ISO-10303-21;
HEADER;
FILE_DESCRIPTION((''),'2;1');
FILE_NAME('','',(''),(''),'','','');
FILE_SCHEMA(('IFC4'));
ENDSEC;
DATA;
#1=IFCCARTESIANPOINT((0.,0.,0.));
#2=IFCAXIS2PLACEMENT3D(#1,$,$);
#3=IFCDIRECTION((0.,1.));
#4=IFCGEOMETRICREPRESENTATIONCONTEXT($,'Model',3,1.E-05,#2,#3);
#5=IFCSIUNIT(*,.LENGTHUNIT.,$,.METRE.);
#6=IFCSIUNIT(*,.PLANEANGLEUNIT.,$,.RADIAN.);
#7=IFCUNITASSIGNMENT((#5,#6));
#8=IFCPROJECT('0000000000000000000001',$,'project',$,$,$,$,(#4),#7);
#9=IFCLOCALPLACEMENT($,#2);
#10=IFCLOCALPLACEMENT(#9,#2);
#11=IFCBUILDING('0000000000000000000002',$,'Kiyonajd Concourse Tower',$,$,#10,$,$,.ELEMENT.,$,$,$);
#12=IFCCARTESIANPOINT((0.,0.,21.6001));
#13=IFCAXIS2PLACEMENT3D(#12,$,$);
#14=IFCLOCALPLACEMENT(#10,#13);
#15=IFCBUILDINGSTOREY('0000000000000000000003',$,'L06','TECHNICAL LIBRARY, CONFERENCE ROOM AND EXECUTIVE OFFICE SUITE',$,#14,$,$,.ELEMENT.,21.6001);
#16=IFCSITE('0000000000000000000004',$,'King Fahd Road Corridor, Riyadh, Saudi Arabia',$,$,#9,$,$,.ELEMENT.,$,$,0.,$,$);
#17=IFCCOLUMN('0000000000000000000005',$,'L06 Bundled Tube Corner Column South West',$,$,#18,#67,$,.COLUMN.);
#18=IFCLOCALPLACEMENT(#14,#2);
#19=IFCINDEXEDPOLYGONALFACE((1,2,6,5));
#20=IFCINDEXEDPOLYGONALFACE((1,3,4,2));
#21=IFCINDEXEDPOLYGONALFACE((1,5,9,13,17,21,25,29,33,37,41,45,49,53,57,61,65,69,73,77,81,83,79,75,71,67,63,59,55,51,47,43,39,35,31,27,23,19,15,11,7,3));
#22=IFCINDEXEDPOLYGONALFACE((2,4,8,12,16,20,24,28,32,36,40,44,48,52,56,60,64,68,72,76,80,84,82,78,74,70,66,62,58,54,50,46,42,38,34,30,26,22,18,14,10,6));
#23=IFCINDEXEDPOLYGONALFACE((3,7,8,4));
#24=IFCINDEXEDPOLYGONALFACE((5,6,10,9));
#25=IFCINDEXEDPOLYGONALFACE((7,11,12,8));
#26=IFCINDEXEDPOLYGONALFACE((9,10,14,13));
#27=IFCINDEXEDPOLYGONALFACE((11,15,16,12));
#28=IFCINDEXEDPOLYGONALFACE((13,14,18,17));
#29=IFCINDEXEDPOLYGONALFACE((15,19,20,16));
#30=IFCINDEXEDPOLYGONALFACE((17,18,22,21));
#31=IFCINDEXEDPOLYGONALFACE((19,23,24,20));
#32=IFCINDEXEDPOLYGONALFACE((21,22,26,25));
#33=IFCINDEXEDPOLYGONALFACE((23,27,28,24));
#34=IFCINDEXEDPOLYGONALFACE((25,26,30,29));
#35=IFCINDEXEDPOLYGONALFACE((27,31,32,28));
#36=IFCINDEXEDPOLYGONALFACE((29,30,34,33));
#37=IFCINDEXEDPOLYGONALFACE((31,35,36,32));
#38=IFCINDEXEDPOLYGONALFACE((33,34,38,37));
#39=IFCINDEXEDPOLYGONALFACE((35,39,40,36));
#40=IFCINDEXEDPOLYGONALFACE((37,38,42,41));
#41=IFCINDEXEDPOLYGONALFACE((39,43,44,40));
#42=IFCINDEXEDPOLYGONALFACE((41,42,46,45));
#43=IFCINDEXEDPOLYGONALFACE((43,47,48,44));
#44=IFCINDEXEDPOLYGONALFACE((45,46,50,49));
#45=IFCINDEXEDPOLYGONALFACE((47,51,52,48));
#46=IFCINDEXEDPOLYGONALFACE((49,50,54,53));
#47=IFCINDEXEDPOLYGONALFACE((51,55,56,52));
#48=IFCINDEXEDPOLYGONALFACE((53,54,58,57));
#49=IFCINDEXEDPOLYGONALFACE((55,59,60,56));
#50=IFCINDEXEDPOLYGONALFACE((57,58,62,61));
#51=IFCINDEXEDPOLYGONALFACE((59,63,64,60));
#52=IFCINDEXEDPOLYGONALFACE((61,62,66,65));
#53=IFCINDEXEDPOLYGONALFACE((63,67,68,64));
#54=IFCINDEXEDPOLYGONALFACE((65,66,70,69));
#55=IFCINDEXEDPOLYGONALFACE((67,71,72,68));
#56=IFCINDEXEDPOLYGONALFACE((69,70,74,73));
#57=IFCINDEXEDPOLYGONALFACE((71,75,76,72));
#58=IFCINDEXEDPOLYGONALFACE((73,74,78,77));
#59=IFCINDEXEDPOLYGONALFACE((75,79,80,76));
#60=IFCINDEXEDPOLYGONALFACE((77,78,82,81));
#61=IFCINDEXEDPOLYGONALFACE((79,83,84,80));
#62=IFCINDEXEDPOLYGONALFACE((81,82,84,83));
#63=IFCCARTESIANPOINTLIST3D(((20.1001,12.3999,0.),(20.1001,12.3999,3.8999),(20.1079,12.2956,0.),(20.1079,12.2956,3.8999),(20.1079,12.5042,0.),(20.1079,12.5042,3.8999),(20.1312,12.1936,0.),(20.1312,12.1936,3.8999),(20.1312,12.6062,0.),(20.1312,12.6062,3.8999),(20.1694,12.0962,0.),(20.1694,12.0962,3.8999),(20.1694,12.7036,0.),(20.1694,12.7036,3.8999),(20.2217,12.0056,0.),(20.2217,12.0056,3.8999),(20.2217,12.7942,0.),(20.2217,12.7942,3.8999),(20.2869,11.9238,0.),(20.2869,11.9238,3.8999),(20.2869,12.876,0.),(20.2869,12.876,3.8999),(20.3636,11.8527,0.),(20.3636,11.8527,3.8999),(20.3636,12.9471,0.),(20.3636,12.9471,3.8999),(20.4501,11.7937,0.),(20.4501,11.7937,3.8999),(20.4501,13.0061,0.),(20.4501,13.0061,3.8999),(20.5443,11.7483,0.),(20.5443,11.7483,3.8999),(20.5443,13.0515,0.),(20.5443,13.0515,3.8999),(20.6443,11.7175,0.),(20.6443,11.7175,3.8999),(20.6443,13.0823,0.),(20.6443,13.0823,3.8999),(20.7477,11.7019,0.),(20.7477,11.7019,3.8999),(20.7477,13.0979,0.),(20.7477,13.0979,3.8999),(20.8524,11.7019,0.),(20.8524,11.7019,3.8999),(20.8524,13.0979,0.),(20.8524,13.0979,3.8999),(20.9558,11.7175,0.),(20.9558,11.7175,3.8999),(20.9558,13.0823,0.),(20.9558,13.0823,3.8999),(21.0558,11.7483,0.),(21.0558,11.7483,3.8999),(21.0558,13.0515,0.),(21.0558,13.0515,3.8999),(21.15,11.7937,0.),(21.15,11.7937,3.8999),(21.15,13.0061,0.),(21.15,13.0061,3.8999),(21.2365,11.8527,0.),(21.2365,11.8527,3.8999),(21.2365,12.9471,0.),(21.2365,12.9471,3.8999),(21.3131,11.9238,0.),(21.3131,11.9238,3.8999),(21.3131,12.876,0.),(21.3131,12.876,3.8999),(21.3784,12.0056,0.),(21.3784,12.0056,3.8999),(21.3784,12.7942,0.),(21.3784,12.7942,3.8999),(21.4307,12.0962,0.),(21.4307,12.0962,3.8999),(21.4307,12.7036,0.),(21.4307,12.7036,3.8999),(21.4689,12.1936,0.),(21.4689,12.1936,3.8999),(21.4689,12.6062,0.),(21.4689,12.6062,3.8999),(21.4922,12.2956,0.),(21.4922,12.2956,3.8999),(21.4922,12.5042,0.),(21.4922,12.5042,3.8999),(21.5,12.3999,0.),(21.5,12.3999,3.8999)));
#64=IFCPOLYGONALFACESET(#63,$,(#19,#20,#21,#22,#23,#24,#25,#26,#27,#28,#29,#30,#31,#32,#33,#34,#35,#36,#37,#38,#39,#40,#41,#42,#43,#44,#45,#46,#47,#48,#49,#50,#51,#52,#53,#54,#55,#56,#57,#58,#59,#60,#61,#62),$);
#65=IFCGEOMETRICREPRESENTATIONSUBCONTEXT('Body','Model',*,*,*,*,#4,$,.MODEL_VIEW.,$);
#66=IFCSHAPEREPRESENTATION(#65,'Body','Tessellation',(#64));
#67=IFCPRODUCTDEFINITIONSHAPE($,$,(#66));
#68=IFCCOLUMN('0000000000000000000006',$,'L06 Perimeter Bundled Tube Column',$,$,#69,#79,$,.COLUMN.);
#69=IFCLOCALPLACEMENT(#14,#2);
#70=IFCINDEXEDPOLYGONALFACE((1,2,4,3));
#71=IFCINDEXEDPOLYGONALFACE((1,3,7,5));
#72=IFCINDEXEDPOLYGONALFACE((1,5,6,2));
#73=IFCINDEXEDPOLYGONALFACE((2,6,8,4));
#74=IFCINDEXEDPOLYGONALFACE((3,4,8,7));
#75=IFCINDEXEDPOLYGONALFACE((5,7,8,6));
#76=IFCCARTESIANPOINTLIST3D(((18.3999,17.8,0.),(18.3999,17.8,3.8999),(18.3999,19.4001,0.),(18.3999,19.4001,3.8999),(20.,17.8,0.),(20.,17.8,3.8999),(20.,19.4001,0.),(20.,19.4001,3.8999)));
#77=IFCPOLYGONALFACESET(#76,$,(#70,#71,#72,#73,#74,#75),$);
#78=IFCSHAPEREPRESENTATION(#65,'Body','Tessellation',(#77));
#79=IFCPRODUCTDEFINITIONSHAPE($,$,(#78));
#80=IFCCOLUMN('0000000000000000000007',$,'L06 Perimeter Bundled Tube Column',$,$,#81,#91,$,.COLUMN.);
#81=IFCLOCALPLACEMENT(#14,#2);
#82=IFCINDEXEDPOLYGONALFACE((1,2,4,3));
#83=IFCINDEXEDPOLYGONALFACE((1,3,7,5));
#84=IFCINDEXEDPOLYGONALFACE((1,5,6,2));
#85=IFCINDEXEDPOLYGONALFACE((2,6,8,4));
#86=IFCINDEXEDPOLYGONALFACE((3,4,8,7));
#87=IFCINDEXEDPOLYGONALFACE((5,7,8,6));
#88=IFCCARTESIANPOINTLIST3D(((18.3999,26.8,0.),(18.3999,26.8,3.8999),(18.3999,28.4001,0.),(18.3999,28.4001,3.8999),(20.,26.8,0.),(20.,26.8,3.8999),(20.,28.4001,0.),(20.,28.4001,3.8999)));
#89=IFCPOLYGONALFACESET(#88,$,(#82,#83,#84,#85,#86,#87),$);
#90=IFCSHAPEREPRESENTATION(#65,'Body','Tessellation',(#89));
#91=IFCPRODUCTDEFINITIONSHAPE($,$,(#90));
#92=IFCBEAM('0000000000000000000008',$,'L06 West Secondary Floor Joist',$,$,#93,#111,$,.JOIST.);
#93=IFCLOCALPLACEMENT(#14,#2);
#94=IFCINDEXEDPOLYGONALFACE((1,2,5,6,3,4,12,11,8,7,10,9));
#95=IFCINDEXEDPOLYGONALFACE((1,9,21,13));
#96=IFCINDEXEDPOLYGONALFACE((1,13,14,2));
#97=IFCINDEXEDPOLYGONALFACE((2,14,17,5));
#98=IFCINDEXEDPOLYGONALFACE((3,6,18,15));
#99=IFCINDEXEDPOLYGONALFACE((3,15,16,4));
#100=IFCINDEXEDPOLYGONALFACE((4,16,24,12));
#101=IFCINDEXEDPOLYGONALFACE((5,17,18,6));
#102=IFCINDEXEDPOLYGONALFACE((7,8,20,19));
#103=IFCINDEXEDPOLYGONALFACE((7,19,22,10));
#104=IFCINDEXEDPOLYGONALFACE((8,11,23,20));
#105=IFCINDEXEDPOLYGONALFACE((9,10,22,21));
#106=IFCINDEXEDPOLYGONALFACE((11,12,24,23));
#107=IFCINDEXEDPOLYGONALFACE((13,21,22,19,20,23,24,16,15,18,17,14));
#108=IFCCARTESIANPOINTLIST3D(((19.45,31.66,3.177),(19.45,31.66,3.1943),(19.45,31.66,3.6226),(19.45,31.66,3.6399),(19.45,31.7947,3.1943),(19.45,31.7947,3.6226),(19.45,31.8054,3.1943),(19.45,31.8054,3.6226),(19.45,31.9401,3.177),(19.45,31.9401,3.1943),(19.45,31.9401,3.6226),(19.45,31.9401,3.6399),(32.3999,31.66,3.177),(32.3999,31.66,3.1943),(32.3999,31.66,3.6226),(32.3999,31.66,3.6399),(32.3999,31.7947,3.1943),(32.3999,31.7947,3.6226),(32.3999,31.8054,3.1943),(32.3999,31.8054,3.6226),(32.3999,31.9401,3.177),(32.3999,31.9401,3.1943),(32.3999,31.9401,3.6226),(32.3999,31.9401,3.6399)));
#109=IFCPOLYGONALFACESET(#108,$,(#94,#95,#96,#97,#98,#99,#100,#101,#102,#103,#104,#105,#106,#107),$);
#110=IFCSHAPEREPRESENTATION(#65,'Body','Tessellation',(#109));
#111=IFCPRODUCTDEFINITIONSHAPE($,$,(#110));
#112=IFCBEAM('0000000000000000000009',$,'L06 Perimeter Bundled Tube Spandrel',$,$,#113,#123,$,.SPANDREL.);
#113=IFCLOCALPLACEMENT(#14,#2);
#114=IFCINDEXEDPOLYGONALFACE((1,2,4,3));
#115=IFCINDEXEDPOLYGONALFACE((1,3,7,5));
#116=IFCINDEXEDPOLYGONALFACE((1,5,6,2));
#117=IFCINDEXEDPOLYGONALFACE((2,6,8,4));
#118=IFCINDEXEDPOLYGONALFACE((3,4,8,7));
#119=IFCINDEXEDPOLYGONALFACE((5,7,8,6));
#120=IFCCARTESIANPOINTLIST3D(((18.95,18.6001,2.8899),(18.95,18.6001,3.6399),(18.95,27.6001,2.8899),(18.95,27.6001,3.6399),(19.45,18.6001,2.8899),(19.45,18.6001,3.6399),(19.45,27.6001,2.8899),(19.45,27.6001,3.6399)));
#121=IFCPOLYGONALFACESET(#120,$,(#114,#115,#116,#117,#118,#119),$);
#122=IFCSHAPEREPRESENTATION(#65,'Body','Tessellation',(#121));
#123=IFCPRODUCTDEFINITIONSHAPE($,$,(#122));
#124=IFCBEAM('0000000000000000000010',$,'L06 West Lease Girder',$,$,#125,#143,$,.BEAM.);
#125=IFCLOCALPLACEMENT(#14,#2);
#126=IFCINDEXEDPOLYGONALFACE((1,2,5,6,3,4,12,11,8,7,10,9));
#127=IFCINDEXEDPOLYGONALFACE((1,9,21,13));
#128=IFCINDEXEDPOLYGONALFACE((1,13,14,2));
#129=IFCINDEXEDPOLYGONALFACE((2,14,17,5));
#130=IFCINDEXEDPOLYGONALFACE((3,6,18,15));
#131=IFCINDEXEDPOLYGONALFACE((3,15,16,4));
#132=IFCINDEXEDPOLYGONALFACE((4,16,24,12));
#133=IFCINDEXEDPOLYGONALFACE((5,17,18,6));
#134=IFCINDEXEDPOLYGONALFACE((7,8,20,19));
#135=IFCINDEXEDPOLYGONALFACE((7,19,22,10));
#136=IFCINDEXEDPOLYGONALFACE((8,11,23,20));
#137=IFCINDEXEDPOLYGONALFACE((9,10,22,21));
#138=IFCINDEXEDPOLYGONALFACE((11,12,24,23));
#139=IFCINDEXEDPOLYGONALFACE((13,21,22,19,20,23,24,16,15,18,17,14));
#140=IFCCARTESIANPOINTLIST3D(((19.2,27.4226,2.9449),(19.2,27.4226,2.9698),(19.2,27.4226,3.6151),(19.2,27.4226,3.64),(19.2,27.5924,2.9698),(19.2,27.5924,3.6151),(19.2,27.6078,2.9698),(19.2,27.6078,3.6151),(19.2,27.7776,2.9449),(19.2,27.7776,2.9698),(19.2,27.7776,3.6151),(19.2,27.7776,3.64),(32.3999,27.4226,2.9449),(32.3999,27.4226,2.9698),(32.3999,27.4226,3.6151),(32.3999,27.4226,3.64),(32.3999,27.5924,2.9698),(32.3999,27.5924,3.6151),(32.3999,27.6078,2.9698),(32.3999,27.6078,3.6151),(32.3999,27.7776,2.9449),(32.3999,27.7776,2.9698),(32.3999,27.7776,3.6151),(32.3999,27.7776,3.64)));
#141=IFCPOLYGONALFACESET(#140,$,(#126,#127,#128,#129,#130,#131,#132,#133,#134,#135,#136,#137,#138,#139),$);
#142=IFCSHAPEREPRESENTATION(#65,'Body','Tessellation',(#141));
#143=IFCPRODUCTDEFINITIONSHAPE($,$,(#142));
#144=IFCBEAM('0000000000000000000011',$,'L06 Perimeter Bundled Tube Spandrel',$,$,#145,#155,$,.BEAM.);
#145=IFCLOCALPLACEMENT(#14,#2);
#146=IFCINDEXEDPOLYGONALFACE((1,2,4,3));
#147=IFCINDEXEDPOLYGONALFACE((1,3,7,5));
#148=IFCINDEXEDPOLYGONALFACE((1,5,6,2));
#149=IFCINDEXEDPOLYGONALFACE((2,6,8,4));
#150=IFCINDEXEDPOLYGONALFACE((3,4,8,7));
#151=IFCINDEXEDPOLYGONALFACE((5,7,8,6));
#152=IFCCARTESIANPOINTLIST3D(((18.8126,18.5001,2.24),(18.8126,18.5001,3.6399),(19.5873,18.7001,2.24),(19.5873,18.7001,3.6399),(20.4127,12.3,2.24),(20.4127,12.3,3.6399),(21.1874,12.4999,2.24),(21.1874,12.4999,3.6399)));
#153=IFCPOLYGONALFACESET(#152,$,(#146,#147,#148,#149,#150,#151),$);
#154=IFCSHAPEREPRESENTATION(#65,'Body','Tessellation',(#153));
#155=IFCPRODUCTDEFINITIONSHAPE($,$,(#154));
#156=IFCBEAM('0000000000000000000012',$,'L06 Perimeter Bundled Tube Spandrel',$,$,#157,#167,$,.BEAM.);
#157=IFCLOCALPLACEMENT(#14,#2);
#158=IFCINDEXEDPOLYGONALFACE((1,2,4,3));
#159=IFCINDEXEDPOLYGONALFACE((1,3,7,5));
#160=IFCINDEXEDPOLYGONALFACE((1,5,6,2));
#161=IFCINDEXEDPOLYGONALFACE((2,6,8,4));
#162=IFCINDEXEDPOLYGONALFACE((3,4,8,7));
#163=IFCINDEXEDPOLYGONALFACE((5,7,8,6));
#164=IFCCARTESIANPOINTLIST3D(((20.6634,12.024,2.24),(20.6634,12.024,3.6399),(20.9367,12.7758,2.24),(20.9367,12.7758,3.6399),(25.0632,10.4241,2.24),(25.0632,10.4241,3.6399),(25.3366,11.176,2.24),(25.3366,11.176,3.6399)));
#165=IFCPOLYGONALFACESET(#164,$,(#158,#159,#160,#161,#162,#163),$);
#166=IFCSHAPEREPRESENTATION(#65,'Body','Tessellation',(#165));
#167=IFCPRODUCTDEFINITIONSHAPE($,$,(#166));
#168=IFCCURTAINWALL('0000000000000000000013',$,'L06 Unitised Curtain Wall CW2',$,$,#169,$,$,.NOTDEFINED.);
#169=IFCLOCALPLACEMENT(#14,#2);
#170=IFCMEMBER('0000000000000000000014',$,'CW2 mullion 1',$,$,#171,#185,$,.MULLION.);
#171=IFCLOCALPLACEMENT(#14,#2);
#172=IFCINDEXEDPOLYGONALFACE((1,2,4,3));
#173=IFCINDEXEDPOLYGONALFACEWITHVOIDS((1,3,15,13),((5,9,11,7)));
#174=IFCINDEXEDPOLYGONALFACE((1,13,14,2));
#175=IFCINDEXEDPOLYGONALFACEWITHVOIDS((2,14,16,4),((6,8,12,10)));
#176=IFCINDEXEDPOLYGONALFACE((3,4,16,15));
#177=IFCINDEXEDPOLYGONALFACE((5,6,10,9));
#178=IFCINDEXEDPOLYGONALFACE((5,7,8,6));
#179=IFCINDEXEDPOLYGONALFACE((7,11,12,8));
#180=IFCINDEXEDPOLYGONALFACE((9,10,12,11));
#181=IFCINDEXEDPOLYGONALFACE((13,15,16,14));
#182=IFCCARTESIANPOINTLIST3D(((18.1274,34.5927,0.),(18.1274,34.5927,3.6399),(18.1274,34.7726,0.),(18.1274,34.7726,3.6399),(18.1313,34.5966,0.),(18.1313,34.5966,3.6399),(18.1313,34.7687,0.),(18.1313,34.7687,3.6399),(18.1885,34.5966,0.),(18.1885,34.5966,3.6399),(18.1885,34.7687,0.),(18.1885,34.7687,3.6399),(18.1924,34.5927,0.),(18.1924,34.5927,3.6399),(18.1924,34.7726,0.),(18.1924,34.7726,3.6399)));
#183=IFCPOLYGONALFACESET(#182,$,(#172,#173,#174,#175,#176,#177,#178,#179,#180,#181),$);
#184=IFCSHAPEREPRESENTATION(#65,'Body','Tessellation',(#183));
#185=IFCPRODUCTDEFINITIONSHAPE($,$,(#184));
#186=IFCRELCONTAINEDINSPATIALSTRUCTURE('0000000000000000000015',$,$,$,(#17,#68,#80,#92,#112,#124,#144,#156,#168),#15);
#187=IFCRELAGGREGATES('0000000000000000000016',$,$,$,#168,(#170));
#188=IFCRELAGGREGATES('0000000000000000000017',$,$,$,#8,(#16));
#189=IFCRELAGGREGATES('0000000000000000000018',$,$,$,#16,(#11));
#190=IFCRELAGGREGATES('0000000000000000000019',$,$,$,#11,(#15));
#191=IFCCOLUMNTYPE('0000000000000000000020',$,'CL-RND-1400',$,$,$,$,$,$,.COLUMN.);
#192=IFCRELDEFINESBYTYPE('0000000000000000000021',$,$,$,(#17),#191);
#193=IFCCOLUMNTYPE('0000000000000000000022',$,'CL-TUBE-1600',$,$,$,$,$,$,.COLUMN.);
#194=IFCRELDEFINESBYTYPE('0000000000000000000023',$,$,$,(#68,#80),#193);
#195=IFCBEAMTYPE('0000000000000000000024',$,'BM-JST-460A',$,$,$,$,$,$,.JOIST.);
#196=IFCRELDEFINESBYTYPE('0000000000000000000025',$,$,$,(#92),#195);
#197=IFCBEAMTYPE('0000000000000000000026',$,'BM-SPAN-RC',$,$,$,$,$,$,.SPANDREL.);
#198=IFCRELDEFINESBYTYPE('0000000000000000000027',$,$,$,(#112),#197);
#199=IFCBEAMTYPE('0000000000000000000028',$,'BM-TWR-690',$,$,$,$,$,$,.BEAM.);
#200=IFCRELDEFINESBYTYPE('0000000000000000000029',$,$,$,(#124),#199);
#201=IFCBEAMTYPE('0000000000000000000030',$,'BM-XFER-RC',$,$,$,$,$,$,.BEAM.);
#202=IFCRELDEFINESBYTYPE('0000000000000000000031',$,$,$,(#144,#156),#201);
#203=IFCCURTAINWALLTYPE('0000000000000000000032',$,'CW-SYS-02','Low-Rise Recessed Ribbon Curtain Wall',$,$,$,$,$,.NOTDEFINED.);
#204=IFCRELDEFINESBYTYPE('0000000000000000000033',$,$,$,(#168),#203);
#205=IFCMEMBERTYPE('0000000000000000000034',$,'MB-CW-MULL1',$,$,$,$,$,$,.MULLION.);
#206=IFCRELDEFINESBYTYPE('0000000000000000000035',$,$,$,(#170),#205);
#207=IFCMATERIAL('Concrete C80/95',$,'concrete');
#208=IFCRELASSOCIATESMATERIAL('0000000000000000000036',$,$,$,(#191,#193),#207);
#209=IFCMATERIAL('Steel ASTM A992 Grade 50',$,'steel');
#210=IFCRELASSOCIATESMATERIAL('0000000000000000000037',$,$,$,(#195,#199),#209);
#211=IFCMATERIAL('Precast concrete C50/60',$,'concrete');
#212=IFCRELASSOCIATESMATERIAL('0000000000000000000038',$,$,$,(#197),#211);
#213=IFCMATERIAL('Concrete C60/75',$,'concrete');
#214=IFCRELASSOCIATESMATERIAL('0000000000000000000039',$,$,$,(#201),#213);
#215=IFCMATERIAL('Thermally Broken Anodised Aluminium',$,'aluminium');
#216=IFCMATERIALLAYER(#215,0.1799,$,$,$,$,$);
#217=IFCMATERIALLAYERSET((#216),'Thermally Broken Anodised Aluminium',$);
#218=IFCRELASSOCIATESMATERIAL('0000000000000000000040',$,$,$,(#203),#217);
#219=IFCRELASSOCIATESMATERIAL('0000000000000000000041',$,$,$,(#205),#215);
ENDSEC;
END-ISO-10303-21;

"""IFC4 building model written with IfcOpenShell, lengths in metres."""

from ifc_helpers import new_model, si_unit, direction, frame, origin, origin_2d, place, context, subcontext, project, spatial, rectangle, hollow_rectangle, circle, i_section, extrude, material, layer, layer_set, material_profile, profile_set, type_object, element, aggregate, save


model = new_model("IFC4")

# Units and contexts
model_context = context("Model", 3, precision=1e-05, world=origin(), true_north=direction((0.0, 1.0)))
body_context = subcontext(model_context, "Body", "Model", "MODEL_VIEW")
ifc_project = project(units=[si_unit("LENGTHUNIT", "METRE"), si_unit("PLANEANGLEUNIT", "RADIAN")], contexts=[model_context])

# Site, building, storey
site_placement = place(None, origin())
site = spatial("IfcSite", under=ifc_project, at=site_placement, Name="King Fahd Road Corridor, Riyadh, Saudi Arabia", CompositionType="ELEMENT", RefElevation=0.0)
building_placement = place(site_placement, origin())
building = spatial("IfcBuilding", under=site, at=building_placement, Name="Kiyonajd Concourse Tower", CompositionType="ELEMENT")
storey_placement = place(building_placement, frame((0.0, 0.0, 21.6001)))
storey = spatial("IfcBuildingStorey", under=building, at=storey_placement, Name="L06", Description="TECHNICAL LIBRARY, CONFERENCE ROOM AND EXECUTIVE OFFICE SUITE", CompositionType="ELEMENT", Elevation=21.6001)

# Columns
ifc_material_1 = material(Name="Concrete C80/95", Category="concrete")
ifc_material_profile_1 = material_profile(ifc_material_1, circle(Radius=0.7, at=origin_2d()), Name="RCC-D1400")
ifc_profile_set_1 = profile_set([ifc_material_profile_1], Name="Concrete C80/95")
column_type_1 = type_object("IfcColumnType", Name="CL-RND-1400", PredefinedType="COLUMN", material=ifc_profile_set_1)
column_placement = place(storey_placement, frame((20.8, 12.3999, 0.0), z_axis=(0.0, 0.0, 1.0), x_axis=(1.0, 0.0, 0.0)))
element("IfcColumn", 1, at=column_placement, inside=storey, type_object=column_type_1, Name="L06 Bundled Tube Corner Column South West", PredefinedType="COLUMN", context=body_context, shape_type="SweptSolid", body=[
    extrude(circle(Radius=0.7, at=origin_2d()), origin(), (0.0, 0.0, 1.0), 3.8999),
])
ifc_material_profile_2 = material_profile(ifc_material_1, rectangle(XDim=1.6001, YDim=1.6001, at=origin_2d()), Name="RC-1600x1600")
ifc_profile_set_2 = profile_set([ifc_material_profile_2], Name="Concrete C80/95")
column_type_2 = type_object("IfcColumnType", Name="CL-TUBE-1600", PredefinedType="COLUMN", material=ifc_profile_set_2)
for number, where, z_axis, x_axis, name in (
    (2, (19.2, 18.6001, 0.0), (0.0, 0.0, 1.0), (1.0, 0.0, 0.0), "L06 Perimeter Bundled Tube Column"),
    (3, (19.2, 27.6001, 0.0), (0.0, 0.0, 1.0), (1.0, 0.0, 0.0), "L06 Perimeter Bundled Tube Column"),
):
    element("IfcColumn", number, at=place(storey_placement, frame(where, z_axis=z_axis, x_axis=x_axis)), inside=storey, type_object=column_type_2, Name=name, PredefinedType="COLUMN", context=body_context, shape_type="SweptSolid", body=[
        extrude(rectangle(XDim=1.6001, YDim=1.6001, at=origin_2d()), origin(), (0.0, 0.0, 1.0), 3.8999),
    ])

# Beams
ifc_material_2 = material(Name="Steel ASTM A992 Grade 50", Category="steel")
ifc_material_profile_3 = material_profile(ifc_material_2, i_section(OverallWidth=0.28, OverallDepth=0.4629, WebThickness=0.0107, FlangeThickness=0.0173, at=origin_2d()), Name="W460X113")
ifc_profile_set_3 = profile_set([ifc_material_profile_3], Name="Steel ASTM A992 Grade 50")
beam_type_1 = type_object("IfcBeamType", Name="BM-JST-460A", PredefinedType="JOIST", material=ifc_profile_set_3)
beam_1_placement = place(storey_placement, frame((19.45, 31.8, 3.4084), z_axis=(1.0, 0.0, 0.0), x_axis=(0.0, 1.0, 0.0)))
element("IfcBeam", 4, at=beam_1_placement, inside=storey, type_object=beam_type_1, Name="L06 West Secondary Floor Joist", PredefinedType="JOIST", context=body_context, shape_type="SweptSolid", body=[
    extrude(i_section(OverallWidth=0.28, OverallDepth=0.4629, WebThickness=0.0107, FlangeThickness=0.0173, at=origin_2d()), origin(), (0.0, 0.0, 1.0), 12.95),
])
ifc_material_3 = material(Name="Precast concrete C50/60", Category="concrete")
ifc_material_profile_4 = material_profile(ifc_material_3, rectangle(XDim=0.5, YDim=0.75, at=origin_2d()), Name="RCBM-500x750")
ifc_profile_set_4 = profile_set([ifc_material_profile_4], Name="Precast concrete C50/60")
beam_type_2 = type_object("IfcBeamType", Name="BM-SPAN-RC", PredefinedType="SPANDREL", material=ifc_profile_set_4)
beam_2_placement = place(storey_placement, frame((19.2, 27.6001, 3.2649), z_axis=(0.0, -1.0, 0.0), x_axis=(1.0, 0.0, 0.0)))
element("IfcBeam", 5, at=beam_2_placement, inside=storey, type_object=beam_type_2, Name="L06 Perimeter Bundled Tube Spandrel", PredefinedType="SPANDREL", context=body_context, shape_type="SweptSolid", body=[
    extrude(rectangle(XDim=0.5, YDim=0.75, at=origin_2d()), origin(), (0.0, 0.0, 1.0), 9.0),
])
ifc_material_profile_5 = material_profile(ifc_material_2, i_section(OverallWidth=0.355, OverallDepth=0.6951, WebThickness=0.0154, FlangeThickness=0.0249, at=origin_2d()), Name="W690X217")
ifc_profile_set_5 = profile_set([ifc_material_profile_5], Name="Steel ASTM A992 Grade 50")
beam_type_3 = type_object("IfcBeamType", Name="BM-TWR-690", PredefinedType="BEAM", material=ifc_profile_set_5)
beam_3_placement = place(storey_placement, frame((19.2, 27.6001, 3.2925), z_axis=(1.0, 0.0, 0.0), x_axis=(0.0, 1.0, 0.0)))
element("IfcBeam", 6, at=beam_3_placement, inside=storey, type_object=beam_type_3, Name="L06 West Lease Girder", PredefinedType="BEAM", context=body_context, shape_type="SweptSolid", body=[
    extrude(i_section(OverallWidth=0.355, OverallDepth=0.6951, WebThickness=0.0154, FlangeThickness=0.0249, at=origin_2d()), origin(), (0.0, 0.0, 1.0), 13.2),
])
ifc_material_4 = material(Name="Concrete C60/75", Category="concrete")
ifc_material_profile_6 = material_profile(ifc_material_4, rectangle(XDim=0.8, YDim=1.3999, at=origin_2d()), Name="RCBM-800x1400")
ifc_profile_set_6 = profile_set([ifc_material_profile_6], Name="Concrete C60/75")
beam_type_4 = type_object("IfcBeamType", Name="BM-XFER-RC", PredefinedType="BEAM", material=ifc_profile_set_6)
beam_4_placement = place(storey_placement, frame((19.2, 18.6001, 2.9399), z_axis=(0.249885, -0.968276, 0.0), x_axis=(0.968276, 0.249885, 0.0)))
element("IfcBeam", 7, at=beam_4_placement, inside=storey, type_object=beam_type_4, Name="L06 Perimeter Bundled Tube Spandrel", PredefinedType="BEAM", context=body_context, shape_type="SweptSolid", body=[
    extrude(rectangle(XDim=0.8, YDim=1.3999, at=origin_2d()), origin(), (0.0, 0.0, 1.0), 6.4033),
])
beam_5_placement = place(storey_placement, frame((20.8, 12.3999, 2.9399), z_axis=(0.939801, -0.341722, 0.0), x_axis=(0.341722, 0.939801, 0.0)))
element("IfcBeam", 8, at=beam_5_placement, inside=storey, type_object=beam_type_4, Name="L06 Perimeter Bundled Tube Spandrel", PredefinedType="BEAM", context=body_context, shape_type="SweptSolid", body=[
    extrude(rectangle(XDim=0.8, YDim=1.3999, at=origin_2d()), origin(), (0.0, 0.0, 1.0), 4.6816),
])

# Curtain wall, member
ifc_material_5 = material(Name="Thermally Broken Anodised Aluminium", Category="aluminium")
ifc_layer_1 = layer(ifc_material_5, 0.1799)
ifc_layer_set_1 = layer_set([ifc_layer_1], Name="Thermally Broken Anodised Aluminium")
curtain_wall_type = type_object("IfcCurtainWallType", Name="CW-SYS-02", Description="Low-Rise Recessed Ribbon Curtain Wall", PredefinedType="NOTDEFINED", material=ifc_layer_set_1)
curtain_wall_placement = place(storey_placement, origin())
curtain_wall = element("IfcCurtainWall", 9, at=curtain_wall_placement, inside=storey, type_object=curtain_wall_type, Name="L06 Unitised Curtain Wall CW2", PredefinedType="NOTDEFINED")
ifc_material_profile_7 = material_profile(ifc_material_5, hollow_rectangle(XDim=0.0649, YDim=0.1799, WallThickness=0.0039, at=origin_2d()), Name="MULL-65x180")
ifc_profile_set_7 = profile_set([ifc_material_profile_7], Name="Thermally Broken Anodised Aluminium")
member_type_1 = type_object("IfcMemberType", Name="MB-CW-MULL1", PredefinedType="MULLION", material=ifc_profile_set_7)
member_1_placement = place(storey_placement, frame((18.1599, 34.6826, 0.0), z_axis=(0.0, 0.0, 1.0), x_axis=(-1.0, 0.0, 0.0)))
member_1 = element("IfcMember", 10, at=member_1_placement, type_object=member_type_1, Name="CW2 mullion 1", PredefinedType="MULLION", context=body_context, shape_type="SweptSolid", body=[
    extrude(hollow_rectangle(XDim=0.0649, YDim=0.1799, WallThickness=0.0039, at=origin_2d()), origin(), (0.0, 0.0, 1.0), 3.6399),
])
aggregate(curtain_wall, [member_1])

save(model, "model.ifc")
